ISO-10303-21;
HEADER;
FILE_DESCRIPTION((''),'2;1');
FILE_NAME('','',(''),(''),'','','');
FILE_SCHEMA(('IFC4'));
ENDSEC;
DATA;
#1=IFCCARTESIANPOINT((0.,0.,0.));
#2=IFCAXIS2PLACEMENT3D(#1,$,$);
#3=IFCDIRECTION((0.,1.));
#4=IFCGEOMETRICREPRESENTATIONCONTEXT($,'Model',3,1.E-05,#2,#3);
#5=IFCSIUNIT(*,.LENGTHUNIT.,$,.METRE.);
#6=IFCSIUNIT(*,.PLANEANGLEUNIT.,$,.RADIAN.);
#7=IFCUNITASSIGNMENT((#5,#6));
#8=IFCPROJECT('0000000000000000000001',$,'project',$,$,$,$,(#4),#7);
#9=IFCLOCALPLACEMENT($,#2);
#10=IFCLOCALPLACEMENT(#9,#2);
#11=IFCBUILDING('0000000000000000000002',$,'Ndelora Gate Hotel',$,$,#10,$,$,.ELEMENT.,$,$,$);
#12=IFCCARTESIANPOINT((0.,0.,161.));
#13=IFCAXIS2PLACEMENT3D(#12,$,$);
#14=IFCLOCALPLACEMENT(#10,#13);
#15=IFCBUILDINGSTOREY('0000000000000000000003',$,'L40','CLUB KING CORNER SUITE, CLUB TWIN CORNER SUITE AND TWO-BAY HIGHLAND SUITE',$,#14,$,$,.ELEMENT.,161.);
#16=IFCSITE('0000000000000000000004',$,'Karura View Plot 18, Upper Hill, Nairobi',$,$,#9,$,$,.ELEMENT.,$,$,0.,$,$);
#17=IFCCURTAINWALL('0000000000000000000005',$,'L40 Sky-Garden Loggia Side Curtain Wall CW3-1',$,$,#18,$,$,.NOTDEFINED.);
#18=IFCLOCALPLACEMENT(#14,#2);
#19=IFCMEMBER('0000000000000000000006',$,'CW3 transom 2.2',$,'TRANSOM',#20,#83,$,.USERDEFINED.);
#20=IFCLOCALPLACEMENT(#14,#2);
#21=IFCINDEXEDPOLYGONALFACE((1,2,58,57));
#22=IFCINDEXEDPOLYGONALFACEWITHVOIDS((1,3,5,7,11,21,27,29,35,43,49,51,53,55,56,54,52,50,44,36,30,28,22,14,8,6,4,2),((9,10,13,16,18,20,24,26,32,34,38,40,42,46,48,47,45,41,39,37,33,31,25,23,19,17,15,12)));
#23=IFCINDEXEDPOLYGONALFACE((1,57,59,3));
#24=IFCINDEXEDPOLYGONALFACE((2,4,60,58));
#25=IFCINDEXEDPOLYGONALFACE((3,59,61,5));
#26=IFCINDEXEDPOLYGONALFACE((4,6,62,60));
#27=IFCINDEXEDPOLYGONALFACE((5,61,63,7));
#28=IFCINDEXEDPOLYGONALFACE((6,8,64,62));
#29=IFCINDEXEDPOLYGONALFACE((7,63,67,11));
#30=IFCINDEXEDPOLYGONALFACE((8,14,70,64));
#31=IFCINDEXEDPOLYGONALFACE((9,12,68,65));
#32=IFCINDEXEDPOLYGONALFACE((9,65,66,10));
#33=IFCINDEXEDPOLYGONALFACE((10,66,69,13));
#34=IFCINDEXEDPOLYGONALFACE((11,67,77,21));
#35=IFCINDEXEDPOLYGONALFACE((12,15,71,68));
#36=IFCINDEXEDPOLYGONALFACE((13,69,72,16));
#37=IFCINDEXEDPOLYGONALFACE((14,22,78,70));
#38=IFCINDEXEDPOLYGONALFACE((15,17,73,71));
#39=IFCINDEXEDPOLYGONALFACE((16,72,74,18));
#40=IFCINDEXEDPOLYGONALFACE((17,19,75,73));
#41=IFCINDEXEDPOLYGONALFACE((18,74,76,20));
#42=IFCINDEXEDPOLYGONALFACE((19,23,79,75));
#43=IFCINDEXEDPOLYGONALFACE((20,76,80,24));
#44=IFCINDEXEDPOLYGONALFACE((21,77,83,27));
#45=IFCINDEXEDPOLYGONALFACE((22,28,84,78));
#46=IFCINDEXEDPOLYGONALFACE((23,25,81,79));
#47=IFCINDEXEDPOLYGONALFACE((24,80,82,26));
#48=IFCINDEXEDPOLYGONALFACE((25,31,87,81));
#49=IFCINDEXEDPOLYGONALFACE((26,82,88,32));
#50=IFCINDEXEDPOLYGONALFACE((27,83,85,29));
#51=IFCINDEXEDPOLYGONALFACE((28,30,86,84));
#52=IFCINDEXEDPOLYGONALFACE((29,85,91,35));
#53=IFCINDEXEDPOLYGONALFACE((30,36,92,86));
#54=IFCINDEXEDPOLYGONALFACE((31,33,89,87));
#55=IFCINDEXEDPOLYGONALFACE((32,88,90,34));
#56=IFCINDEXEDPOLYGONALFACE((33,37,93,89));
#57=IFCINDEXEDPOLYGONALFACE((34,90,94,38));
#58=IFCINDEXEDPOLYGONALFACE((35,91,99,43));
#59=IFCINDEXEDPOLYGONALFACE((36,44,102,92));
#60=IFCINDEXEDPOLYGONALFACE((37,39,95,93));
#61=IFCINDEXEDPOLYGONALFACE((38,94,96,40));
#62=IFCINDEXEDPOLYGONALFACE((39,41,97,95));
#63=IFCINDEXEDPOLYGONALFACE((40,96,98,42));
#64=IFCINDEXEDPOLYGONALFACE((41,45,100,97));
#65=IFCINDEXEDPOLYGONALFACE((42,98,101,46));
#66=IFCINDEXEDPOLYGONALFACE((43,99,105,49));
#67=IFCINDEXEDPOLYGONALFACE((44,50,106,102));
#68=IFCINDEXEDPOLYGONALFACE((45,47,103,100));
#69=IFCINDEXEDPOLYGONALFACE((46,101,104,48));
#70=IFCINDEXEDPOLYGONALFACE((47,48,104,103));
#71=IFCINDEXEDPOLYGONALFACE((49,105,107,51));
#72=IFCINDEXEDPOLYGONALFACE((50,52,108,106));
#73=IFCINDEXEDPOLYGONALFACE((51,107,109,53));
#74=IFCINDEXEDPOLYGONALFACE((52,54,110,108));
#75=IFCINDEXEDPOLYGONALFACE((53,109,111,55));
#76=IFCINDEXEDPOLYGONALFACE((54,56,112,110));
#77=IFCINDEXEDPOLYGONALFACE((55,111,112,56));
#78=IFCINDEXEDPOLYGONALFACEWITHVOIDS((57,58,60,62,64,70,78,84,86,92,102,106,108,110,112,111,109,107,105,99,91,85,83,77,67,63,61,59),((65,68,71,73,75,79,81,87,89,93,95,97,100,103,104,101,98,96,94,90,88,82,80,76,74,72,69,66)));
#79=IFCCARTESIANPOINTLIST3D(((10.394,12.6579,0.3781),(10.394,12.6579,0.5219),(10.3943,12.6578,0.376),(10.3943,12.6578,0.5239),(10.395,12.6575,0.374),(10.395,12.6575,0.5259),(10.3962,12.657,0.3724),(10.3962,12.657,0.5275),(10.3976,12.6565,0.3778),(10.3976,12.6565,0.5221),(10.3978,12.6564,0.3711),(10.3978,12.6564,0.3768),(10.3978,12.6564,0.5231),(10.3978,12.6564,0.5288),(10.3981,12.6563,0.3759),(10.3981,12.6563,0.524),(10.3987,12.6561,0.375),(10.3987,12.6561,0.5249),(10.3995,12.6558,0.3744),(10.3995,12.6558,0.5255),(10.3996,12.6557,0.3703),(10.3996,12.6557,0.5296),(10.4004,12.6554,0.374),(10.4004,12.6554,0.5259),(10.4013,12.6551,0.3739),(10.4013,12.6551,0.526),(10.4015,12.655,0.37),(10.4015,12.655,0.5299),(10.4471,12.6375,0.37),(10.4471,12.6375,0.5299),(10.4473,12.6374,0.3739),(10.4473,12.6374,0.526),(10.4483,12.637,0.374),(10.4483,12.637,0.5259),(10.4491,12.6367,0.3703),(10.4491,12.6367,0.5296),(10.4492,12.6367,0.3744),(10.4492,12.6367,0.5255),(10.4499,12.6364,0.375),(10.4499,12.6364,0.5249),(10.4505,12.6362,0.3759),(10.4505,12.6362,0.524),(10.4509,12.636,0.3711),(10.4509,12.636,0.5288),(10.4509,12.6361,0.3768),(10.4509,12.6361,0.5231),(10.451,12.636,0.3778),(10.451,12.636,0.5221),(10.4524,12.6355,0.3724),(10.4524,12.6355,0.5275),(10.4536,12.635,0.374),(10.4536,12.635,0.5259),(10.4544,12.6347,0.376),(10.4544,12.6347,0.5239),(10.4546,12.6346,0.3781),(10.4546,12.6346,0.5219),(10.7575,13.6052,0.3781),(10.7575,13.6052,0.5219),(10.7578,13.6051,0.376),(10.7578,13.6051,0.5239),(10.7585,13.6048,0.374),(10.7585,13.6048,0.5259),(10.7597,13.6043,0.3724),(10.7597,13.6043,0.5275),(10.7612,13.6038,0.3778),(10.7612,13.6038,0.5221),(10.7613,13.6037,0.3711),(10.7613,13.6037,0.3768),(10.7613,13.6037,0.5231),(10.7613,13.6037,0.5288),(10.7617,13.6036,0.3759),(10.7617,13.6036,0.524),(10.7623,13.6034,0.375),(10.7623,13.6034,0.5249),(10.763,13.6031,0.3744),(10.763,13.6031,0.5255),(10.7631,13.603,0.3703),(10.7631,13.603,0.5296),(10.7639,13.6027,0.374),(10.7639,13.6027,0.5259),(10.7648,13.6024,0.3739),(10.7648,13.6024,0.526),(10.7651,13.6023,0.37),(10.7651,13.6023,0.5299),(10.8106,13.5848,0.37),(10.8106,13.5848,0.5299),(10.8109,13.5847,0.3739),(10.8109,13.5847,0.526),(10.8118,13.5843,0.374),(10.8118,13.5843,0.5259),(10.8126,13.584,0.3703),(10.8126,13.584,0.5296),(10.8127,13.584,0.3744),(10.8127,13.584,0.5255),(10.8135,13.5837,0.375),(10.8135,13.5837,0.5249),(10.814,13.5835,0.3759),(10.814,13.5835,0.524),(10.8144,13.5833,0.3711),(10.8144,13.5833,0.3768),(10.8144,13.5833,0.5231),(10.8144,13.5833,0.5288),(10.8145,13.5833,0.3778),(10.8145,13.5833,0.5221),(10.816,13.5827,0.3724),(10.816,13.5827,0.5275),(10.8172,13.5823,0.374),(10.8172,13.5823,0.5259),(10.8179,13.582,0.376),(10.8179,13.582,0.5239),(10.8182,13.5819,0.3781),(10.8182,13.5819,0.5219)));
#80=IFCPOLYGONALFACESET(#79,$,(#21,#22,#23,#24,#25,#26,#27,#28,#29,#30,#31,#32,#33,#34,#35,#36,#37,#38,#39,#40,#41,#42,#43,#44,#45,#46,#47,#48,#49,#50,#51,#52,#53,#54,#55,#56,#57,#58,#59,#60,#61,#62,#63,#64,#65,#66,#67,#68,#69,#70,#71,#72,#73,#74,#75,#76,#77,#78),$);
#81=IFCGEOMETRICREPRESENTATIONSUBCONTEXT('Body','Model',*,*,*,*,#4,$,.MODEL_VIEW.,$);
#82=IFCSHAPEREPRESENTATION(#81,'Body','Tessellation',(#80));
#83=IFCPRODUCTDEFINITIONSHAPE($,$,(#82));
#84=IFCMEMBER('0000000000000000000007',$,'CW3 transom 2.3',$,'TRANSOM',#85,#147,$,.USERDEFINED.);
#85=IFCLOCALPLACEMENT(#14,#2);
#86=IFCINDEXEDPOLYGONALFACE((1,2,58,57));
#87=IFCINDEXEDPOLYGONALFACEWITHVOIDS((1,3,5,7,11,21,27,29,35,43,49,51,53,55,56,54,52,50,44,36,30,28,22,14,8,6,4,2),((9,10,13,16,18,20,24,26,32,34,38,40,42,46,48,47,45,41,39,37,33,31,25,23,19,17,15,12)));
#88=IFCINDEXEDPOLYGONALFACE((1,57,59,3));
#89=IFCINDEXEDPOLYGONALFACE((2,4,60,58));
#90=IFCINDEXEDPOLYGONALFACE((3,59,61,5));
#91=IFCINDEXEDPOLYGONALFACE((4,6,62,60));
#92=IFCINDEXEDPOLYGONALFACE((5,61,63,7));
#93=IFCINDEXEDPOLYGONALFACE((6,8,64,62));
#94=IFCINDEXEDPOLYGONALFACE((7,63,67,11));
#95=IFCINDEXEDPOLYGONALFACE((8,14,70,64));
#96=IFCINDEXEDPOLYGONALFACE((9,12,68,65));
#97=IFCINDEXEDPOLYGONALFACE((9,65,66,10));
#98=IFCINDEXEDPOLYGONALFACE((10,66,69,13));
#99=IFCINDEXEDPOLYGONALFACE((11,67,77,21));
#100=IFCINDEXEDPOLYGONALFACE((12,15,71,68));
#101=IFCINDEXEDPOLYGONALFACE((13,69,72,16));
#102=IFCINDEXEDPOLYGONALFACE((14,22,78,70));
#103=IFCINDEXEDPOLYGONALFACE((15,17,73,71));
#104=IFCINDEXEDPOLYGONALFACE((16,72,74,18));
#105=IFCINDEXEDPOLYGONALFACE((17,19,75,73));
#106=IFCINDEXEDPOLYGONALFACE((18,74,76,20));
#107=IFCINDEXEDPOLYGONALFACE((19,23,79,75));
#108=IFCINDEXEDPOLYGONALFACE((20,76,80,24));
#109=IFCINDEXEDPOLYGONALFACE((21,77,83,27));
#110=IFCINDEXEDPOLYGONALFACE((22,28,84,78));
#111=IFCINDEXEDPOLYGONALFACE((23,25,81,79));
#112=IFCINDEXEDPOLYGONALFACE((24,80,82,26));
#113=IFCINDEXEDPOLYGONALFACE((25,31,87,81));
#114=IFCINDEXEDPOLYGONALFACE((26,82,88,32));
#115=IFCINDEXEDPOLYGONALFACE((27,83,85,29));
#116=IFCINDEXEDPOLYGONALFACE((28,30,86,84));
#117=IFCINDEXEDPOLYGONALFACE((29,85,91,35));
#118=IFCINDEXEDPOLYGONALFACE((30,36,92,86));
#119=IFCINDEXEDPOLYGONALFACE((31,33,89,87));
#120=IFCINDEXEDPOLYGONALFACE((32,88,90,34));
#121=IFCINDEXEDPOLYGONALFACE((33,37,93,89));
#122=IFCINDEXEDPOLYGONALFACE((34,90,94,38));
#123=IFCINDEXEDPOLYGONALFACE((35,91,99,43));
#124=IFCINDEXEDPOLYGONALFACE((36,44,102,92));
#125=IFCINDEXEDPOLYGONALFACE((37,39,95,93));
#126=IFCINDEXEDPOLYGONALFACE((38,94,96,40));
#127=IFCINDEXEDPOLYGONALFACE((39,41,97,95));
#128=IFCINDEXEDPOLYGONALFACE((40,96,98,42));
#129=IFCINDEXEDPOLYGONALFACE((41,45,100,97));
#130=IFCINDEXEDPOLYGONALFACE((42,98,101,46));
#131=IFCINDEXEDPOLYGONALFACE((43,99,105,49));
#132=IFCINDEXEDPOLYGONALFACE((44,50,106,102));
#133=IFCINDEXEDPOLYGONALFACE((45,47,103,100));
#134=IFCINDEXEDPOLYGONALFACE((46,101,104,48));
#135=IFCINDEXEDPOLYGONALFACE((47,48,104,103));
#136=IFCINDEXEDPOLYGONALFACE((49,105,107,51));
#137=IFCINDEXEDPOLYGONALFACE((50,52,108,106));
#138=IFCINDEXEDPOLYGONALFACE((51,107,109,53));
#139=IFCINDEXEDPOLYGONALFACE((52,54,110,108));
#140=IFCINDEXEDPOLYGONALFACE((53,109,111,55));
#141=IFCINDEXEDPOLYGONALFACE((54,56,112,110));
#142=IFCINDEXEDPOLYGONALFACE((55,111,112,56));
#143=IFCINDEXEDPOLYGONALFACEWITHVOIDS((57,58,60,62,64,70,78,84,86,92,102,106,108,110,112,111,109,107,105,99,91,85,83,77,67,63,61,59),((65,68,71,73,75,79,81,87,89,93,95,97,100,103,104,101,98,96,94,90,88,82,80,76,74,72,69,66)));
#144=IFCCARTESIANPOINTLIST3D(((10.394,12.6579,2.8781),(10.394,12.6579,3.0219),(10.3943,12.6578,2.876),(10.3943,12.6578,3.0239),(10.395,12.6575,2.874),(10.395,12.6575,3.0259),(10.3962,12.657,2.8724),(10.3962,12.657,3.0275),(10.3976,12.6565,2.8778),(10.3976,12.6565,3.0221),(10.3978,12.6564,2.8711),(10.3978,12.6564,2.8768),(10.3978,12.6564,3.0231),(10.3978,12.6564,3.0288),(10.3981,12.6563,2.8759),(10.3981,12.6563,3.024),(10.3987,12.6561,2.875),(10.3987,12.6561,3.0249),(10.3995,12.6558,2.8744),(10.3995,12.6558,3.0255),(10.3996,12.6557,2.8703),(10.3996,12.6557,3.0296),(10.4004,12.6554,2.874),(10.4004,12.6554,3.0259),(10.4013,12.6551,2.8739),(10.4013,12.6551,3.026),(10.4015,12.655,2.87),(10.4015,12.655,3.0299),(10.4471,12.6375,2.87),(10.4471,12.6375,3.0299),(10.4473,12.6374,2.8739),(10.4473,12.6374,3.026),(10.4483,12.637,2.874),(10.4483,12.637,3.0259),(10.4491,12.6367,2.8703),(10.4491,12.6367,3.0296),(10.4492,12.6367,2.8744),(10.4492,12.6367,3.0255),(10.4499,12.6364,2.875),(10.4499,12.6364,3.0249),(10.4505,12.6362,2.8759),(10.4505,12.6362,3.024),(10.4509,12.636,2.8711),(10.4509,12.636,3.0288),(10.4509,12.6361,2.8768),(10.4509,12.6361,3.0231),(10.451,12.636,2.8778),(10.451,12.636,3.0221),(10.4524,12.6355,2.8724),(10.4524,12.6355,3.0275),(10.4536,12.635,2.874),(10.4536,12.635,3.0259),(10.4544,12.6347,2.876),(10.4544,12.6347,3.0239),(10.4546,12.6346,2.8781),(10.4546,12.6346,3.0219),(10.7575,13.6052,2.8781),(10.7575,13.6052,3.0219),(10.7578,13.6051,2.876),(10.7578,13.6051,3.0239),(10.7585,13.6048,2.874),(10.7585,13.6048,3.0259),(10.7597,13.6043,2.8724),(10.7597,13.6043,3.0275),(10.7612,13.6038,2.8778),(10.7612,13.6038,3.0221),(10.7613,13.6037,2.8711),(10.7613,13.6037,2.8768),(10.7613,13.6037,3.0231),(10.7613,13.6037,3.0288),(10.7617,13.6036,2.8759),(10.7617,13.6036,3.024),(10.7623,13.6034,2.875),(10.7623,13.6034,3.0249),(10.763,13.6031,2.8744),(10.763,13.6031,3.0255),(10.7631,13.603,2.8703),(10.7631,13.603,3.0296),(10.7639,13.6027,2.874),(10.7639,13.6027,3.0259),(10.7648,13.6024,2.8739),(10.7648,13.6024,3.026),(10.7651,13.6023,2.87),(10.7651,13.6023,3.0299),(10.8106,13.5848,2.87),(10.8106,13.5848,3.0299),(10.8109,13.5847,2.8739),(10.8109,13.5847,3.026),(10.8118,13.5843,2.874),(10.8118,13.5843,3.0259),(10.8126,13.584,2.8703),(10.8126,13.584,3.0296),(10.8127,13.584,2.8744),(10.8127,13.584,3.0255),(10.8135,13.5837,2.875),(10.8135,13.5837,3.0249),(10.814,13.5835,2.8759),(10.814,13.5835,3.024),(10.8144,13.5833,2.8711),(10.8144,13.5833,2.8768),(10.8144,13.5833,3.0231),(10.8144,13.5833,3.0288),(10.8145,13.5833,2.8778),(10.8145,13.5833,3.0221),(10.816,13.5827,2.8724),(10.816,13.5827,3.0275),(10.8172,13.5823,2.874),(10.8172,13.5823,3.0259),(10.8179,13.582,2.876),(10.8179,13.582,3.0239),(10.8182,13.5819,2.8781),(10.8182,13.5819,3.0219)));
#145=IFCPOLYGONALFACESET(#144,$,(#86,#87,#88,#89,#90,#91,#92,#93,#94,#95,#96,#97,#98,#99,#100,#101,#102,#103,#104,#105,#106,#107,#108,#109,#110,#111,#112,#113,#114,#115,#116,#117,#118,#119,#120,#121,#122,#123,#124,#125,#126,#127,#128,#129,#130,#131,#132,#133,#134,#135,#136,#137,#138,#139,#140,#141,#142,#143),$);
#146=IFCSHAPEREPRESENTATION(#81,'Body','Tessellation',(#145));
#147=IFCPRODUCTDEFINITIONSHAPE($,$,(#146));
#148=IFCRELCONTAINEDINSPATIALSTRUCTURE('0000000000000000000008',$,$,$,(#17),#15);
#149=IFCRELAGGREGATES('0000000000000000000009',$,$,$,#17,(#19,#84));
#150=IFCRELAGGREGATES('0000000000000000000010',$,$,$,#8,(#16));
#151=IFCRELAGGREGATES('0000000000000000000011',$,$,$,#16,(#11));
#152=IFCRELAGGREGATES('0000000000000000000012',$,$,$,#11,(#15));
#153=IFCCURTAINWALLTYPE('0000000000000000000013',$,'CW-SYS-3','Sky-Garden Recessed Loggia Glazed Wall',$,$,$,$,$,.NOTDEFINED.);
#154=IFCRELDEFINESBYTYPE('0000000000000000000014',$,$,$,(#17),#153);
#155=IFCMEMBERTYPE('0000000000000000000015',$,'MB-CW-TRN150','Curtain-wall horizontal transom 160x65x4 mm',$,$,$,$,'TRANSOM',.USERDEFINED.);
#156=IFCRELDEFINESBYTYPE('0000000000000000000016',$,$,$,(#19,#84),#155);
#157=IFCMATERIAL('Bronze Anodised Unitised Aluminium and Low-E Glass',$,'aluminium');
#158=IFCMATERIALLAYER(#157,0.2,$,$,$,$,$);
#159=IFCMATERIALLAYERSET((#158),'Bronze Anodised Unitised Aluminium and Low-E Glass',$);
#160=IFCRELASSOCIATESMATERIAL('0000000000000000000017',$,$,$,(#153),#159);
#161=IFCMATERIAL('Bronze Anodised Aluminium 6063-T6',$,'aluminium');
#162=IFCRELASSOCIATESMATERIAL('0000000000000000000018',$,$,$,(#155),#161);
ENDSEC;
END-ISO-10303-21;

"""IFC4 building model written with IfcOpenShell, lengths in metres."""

from ifc_helpers import new_model, si_unit, direction, frame, origin, origin_2d, place, context, subcontext, project, spatial, hollow_rectangle, extrude, material, layer, layer_set, material_profile, profile_set, type_object, element, aggregate, save


model = new_model("IFC4")

# Units and contexts
model_context = context("Model", 3, precision=1e-05, world=origin(), true_north=direction((0.0, 1.0)))
body_context = subcontext(model_context, "Body", "Model", "MODEL_VIEW")
ifc_project = project(units=[si_unit("LENGTHUNIT", "METRE"), si_unit("PLANEANGLEUNIT", "RADIAN")], contexts=[model_context])

# Site, building, storey
site_placement = place(None, origin())
site = spatial("IfcSite", under=ifc_project, at=site_placement, Name="Karura View Plot 18, Upper Hill, Nairobi", CompositionType="ELEMENT", RefElevation=0.0)
building_placement = place(site_placement, origin())
building = spatial("IfcBuilding", under=site, at=building_placement, Name="Ndelora Gate Hotel", CompositionType="ELEMENT")
storey_placement = place(building_placement, frame((0.0, 0.0, 161.0)))
storey = spatial("IfcBuildingStorey", under=building, at=storey_placement, Name="L40", Description="CLUB KING CORNER SUITE, CLUB TWIN CORNER SUITE AND TWO-BAY HIGHLAND SUITE", CompositionType="ELEMENT", Elevation=161.0)

# Curtain wall, members
ifc_material_1 = material(Name="Bronze Anodised Unitised Aluminium and Low-E Glass", Category="aluminium")
ifc_layer_1 = layer(ifc_material_1, 0.2)
ifc_layer_set_1 = layer_set([ifc_layer_1], Name="Bronze Anodised Unitised Aluminium and Low-E Glass")
curtain_wall_type = type_object("IfcCurtainWallType", Name="CW-SYS-3", Description="Sky-Garden Recessed Loggia Glazed Wall", PredefinedType="NOTDEFINED", material=ifc_layer_set_1)
curtain_wall_placement = place(storey_placement, origin())
curtain_wall = element("IfcCurtainWall", 1, at=curtain_wall_placement, inside=storey, type_object=curtain_wall_type, Name="L40 Sky-Garden Loggia Side Curtain Wall CW3-1", PredefinedType="NOTDEFINED")
ifc_material_2 = material(Name="Bronze Anodised Aluminium 6063-T6", Category="aluminium")
ifc_material_profile_1 = material_profile(ifc_material_2, hollow_rectangle(XDim=0.0649, YDim=0.1599, WallThickness=0.0039, InnerFilletRadius=0.0039, OuterFilletRadius=0.0081, at=origin_2d()), Name="ALU 160x65x4")
ifc_profile_set_1 = profile_set([ifc_material_profile_1], Name="Bronze Anodised Aluminium 6063-T6")
member_type_1 = type_object("IfcMemberType", Name="MB-CW-TRN150", Description="Curtain-wall horizontal transom 160x65x4 mm", ElementType="TRANSOM", PredefinedType="USERDEFINED", material=ifc_profile_set_1)
member_1_placement = place(storey_placement, frame((10.4243, 12.6462, 0.45), z_axis=(0.358286, 0.933612, 0.0), x_axis=(-0.933612, 0.358286, 0.0)))
member_1 = element("IfcMember", 2, at=member_1_placement, type_object=member_type_1, Name="CW3 transom 2.2", ObjectType="TRANSOM", PredefinedType="USERDEFINED", context=body_context, shape_type="SweptSolid", body=[
    extrude(hollow_rectangle(XDim=0.0649, YDim=0.1599, WallThickness=0.0039, InnerFilletRadius=0.0039, OuterFilletRadius=0.0081, at=origin_2d()), origin(), (0.0, 0.0, 1.0), 1.0146),
])
member_2_placement = place(storey_placement, frame((10.4243, 12.6462, 2.95), z_axis=(0.358286, 0.933612, 0.0), x_axis=(-0.933612, 0.358286, 0.0)))
member_2 = element("IfcMember", 3, at=member_2_placement, type_object=member_type_1, Name="CW3 transom 2.3", ObjectType="TRANSOM", PredefinedType="USERDEFINED", context=body_context, shape_type="SweptSolid", body=[
    extrude(hollow_rectangle(XDim=0.0649, YDim=0.1599, WallThickness=0.0039, InnerFilletRadius=0.0039, OuterFilletRadius=0.0081, at=origin_2d()), origin(), (0.0, 0.0, 1.0), 1.0146),
])
aggregate(curtain_wall, [member_1, member_2])

save(model, "model.ifc")
